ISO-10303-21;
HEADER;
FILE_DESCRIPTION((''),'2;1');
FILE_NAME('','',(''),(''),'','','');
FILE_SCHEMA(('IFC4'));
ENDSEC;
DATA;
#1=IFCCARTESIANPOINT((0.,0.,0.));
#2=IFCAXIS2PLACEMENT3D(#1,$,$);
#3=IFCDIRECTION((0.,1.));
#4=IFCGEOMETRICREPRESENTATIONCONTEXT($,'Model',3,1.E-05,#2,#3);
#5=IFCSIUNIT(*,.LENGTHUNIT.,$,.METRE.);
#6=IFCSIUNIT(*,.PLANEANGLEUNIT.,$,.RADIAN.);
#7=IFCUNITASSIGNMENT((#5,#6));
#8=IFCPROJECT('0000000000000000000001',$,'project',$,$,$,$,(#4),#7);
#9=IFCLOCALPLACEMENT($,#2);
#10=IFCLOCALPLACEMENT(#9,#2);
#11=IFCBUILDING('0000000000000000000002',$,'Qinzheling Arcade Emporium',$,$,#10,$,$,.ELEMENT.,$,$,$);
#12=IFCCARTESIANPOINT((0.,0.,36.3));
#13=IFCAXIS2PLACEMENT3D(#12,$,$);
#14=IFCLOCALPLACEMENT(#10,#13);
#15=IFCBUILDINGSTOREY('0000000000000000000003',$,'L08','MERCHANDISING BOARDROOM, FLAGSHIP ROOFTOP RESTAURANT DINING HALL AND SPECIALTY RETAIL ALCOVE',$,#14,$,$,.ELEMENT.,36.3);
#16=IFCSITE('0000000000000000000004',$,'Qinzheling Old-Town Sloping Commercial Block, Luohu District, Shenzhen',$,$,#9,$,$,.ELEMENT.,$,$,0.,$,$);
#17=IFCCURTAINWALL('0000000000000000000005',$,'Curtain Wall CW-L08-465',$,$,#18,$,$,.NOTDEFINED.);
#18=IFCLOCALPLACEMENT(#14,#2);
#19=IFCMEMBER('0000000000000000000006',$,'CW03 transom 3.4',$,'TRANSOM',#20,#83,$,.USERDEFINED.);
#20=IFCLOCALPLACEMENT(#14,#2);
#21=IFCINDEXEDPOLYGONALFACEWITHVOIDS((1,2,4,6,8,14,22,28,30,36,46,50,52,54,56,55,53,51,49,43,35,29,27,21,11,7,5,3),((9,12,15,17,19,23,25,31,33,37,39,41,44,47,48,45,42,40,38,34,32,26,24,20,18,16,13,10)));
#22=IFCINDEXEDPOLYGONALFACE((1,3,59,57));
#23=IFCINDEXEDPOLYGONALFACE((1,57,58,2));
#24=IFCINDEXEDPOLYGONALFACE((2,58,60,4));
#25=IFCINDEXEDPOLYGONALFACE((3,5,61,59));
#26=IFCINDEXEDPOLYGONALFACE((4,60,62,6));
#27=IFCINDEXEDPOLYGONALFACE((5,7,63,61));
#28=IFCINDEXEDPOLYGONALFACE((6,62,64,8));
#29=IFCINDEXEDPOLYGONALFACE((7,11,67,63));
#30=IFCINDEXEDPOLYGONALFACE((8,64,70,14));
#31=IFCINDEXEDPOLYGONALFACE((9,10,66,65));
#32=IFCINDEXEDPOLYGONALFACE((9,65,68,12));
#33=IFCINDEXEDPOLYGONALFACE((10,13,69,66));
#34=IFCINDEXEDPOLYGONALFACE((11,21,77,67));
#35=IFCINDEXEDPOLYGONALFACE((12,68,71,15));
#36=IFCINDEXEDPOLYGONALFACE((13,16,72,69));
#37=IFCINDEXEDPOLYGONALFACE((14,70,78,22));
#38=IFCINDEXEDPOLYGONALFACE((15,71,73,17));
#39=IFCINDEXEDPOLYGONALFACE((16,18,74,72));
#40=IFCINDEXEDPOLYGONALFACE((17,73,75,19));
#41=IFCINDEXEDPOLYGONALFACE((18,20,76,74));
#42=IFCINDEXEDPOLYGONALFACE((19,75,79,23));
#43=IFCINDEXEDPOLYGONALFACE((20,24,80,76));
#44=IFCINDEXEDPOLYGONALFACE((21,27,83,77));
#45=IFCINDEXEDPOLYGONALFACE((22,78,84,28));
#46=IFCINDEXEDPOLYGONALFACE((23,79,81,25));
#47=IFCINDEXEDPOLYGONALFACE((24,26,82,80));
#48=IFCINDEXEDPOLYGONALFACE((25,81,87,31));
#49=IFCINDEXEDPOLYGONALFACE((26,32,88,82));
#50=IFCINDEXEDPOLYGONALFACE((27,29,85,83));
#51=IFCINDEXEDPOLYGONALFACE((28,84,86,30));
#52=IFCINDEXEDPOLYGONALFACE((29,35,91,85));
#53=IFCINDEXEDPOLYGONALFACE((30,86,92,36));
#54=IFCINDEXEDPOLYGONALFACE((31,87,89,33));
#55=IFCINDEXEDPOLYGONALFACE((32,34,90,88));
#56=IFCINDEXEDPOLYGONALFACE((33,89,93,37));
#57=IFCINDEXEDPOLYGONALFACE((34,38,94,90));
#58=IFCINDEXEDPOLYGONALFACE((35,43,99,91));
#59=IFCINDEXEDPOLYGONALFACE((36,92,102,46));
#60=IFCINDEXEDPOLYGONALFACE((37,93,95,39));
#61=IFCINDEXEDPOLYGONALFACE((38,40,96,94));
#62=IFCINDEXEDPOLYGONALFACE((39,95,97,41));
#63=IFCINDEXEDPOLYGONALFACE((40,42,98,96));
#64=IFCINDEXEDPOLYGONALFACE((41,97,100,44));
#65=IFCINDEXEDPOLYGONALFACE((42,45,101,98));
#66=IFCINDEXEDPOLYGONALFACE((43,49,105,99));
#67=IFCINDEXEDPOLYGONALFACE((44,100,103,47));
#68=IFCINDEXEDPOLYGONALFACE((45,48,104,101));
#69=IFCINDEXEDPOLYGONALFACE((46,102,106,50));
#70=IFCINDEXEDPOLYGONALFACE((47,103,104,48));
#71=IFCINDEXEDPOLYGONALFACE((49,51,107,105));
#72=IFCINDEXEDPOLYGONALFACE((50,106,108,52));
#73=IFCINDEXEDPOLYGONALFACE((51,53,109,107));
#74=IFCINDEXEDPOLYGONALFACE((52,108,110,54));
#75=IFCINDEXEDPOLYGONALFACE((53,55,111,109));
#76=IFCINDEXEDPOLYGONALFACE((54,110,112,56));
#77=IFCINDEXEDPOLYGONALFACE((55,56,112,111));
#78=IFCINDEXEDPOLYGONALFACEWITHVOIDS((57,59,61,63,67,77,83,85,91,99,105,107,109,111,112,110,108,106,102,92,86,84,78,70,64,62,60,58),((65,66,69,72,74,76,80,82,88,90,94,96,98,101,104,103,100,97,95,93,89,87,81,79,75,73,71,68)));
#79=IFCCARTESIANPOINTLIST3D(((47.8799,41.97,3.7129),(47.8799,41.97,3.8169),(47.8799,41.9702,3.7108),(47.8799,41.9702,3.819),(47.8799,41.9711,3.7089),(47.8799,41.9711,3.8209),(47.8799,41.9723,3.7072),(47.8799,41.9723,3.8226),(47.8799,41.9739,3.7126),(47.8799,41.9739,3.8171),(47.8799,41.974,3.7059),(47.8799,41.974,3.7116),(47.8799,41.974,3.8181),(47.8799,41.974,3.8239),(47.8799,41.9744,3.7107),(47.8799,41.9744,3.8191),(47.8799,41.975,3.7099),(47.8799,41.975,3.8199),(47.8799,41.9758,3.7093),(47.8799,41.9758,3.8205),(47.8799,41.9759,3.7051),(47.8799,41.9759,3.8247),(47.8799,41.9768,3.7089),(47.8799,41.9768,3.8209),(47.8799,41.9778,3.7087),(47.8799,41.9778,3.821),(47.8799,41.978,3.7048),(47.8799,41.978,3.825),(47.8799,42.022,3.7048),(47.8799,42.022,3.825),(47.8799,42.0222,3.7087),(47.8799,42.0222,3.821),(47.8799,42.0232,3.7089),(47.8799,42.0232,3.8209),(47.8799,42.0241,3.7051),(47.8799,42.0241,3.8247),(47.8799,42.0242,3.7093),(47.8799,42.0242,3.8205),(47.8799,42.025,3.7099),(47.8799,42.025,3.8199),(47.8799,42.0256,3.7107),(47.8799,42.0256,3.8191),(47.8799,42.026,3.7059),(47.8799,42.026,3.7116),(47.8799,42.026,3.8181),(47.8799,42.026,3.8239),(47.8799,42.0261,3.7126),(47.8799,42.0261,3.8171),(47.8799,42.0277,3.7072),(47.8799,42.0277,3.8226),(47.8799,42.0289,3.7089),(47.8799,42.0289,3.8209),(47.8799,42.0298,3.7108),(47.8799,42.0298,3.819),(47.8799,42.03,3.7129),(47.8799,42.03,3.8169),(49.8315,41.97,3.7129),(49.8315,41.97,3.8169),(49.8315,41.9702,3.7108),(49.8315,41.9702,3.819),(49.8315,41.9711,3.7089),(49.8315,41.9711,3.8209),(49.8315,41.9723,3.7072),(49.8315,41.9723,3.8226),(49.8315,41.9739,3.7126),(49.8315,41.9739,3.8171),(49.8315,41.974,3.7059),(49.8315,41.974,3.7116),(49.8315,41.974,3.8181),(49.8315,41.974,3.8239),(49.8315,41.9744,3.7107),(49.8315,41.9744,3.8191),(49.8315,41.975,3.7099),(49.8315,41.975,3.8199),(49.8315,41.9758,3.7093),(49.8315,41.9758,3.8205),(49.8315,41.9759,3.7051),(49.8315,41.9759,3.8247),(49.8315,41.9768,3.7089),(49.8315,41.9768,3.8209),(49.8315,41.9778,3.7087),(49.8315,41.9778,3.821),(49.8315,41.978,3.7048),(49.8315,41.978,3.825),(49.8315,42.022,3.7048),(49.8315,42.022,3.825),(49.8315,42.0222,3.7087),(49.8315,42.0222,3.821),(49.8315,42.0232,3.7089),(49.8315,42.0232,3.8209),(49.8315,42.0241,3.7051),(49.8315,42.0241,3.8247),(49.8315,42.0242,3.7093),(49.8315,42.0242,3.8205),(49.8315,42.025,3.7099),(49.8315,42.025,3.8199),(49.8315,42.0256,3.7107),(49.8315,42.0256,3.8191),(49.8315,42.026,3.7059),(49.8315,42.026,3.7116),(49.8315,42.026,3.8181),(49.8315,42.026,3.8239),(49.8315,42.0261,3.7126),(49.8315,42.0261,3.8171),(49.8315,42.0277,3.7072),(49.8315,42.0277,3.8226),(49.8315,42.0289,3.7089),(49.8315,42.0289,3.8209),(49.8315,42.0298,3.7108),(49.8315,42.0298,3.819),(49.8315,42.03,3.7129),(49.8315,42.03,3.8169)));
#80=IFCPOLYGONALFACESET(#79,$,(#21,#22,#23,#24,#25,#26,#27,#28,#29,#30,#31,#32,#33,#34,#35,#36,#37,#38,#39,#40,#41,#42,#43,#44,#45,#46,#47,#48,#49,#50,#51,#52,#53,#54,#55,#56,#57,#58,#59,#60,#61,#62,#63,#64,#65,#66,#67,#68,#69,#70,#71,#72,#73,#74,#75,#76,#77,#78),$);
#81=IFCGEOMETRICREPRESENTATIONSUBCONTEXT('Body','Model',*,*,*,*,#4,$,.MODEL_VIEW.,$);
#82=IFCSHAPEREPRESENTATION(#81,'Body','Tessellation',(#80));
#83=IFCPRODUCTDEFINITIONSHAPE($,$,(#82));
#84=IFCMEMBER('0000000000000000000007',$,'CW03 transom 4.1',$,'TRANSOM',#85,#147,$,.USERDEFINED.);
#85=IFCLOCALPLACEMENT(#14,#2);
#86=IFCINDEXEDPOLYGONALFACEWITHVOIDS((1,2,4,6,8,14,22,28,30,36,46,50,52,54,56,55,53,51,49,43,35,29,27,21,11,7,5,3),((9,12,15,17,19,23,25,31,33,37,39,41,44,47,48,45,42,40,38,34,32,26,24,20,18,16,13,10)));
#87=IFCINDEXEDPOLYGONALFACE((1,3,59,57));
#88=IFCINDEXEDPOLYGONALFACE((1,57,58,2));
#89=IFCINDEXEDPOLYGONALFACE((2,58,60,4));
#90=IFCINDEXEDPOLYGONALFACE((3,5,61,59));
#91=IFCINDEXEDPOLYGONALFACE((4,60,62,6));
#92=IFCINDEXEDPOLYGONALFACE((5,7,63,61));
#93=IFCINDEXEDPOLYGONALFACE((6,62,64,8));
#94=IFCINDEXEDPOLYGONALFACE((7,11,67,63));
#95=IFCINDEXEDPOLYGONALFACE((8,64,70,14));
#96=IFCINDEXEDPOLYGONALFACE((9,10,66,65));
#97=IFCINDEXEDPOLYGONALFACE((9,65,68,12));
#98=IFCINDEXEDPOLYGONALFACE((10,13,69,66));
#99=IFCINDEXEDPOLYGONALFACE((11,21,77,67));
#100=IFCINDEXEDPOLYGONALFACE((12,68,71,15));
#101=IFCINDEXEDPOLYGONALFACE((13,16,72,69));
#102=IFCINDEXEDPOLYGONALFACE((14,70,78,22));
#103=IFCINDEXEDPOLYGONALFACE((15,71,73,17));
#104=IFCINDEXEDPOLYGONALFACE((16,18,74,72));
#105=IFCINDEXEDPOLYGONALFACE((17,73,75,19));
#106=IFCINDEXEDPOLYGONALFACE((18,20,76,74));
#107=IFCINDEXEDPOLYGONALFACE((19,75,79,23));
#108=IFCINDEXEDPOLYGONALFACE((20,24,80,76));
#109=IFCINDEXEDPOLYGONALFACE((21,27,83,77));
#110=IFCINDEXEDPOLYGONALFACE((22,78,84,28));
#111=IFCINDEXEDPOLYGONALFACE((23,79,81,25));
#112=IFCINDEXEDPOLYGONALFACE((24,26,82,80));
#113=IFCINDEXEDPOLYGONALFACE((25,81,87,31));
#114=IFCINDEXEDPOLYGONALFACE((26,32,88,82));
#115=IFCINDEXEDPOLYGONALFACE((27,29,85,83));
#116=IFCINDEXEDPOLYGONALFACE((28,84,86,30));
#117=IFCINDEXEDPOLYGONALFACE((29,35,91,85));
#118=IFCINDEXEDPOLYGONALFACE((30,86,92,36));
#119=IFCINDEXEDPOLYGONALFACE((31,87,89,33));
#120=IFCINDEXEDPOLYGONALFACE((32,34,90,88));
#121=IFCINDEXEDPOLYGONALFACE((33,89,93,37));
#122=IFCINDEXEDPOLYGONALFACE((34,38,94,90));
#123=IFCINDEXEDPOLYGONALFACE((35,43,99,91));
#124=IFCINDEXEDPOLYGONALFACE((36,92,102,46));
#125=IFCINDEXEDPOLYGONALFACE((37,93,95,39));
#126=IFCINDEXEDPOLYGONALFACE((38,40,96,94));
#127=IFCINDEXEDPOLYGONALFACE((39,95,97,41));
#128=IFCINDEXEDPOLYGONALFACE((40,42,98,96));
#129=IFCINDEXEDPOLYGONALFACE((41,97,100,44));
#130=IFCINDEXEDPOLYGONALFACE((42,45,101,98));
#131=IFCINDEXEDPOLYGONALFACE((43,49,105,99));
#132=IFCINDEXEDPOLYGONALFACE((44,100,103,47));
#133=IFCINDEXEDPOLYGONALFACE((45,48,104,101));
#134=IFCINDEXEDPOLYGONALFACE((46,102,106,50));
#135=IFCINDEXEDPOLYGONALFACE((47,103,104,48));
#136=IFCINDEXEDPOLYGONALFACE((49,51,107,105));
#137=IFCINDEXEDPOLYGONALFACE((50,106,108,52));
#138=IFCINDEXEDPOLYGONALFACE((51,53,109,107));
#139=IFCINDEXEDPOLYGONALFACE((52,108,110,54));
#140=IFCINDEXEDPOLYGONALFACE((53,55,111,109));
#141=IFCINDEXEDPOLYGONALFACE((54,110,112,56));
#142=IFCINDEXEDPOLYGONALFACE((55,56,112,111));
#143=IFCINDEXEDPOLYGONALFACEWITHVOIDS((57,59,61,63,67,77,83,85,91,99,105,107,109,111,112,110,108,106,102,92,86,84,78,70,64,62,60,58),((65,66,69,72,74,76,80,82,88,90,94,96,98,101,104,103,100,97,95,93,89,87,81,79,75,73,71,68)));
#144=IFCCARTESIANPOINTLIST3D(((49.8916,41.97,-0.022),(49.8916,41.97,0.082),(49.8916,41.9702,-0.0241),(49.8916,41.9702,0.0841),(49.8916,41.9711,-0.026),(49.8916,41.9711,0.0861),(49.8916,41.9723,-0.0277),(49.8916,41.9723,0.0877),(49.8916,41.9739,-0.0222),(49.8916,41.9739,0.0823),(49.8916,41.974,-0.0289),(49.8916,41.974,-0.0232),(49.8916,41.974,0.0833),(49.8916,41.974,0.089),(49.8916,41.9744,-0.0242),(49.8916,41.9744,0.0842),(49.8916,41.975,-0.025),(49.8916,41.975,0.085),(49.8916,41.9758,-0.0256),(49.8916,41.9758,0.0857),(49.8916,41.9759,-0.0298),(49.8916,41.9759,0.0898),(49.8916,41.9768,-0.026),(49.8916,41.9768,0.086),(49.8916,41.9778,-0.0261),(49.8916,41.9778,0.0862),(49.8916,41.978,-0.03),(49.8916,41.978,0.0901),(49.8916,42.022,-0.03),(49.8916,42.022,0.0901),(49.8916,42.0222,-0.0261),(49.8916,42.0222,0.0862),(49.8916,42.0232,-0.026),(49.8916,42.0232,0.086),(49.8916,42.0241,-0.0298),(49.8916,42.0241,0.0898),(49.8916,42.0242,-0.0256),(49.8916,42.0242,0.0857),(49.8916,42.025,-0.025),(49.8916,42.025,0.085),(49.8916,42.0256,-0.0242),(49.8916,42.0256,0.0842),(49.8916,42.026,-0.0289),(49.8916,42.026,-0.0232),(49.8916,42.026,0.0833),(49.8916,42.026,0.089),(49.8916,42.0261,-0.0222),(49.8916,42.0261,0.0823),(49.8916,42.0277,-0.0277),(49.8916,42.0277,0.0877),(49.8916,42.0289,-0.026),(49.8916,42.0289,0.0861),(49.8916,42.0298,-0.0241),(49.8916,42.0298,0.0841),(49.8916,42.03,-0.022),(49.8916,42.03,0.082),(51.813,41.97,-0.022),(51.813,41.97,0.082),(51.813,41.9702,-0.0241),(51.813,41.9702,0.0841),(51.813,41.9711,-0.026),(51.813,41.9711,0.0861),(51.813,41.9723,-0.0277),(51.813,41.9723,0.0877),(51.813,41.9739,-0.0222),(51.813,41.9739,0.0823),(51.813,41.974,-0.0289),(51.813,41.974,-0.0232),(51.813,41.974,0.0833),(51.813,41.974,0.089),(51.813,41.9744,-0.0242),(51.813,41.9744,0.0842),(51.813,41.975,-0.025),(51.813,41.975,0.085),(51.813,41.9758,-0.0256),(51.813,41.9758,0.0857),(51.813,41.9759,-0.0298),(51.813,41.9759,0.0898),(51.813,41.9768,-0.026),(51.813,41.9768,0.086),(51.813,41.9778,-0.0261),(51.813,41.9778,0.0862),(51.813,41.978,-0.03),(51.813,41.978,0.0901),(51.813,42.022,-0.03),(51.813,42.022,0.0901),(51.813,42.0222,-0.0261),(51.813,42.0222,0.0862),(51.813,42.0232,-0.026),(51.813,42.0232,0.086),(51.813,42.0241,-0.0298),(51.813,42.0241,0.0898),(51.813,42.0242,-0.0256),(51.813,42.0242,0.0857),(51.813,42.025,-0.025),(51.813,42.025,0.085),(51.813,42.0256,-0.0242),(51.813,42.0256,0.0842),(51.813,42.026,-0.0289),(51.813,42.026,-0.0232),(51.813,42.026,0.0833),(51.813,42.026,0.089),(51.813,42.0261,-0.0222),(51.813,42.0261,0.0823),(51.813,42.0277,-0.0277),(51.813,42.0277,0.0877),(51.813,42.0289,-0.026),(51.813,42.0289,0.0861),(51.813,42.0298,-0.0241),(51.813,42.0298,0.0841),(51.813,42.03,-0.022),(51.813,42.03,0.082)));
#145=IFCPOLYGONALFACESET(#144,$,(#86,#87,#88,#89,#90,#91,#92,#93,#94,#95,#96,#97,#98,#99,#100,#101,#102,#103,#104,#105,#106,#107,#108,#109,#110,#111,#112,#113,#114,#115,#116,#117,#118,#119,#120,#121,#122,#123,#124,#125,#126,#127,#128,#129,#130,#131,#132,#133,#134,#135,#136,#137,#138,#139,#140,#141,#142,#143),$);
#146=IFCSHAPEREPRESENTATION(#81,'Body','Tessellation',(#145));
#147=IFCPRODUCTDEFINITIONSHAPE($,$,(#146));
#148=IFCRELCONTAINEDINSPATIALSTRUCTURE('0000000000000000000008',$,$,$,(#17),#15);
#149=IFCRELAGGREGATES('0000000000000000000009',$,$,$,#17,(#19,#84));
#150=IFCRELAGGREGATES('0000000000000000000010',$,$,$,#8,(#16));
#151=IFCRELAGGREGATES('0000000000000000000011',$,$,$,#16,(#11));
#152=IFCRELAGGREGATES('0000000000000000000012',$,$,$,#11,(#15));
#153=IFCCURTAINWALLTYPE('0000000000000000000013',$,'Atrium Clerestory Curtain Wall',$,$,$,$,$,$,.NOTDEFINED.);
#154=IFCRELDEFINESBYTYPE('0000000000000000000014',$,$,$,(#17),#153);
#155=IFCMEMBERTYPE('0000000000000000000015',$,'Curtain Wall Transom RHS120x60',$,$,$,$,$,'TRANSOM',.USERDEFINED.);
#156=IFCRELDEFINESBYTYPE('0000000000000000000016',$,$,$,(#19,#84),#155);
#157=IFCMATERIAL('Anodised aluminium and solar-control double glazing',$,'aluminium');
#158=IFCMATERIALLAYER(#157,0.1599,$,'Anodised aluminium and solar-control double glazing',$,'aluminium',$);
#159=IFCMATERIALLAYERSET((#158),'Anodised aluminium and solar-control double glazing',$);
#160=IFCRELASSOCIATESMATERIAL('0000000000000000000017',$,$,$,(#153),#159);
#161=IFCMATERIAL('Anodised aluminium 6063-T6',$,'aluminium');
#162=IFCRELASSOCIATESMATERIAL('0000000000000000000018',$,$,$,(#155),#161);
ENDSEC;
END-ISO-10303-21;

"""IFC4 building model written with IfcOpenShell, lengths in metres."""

from ifc_helpers import new_model, si_unit, direction, frame, origin, origin_2d, place, context, subcontext, project, spatial, hollow_rectangle, extrude, material, layer, layer_set, material_profile, profile_set, type_object, element, aggregate, save


model = new_model("IFC4")

# Units and contexts
model_context = context("Model", 3, precision=1e-05, world=origin(), true_north=direction((0.0, 1.0)))
body_context = subcontext(model_context, "Body", "Model", "MODEL_VIEW")
ifc_project = project(units=[si_unit("LENGTHUNIT", "METRE"), si_unit("PLANEANGLEUNIT", "RADIAN")], contexts=[model_context])

# Site, building, storey
site_placement = place(None, origin())
site = spatial("IfcSite", under=ifc_project, at=site_placement, Name="Qinzheling Old-Town Sloping Commercial Block, Luohu District, Shenzhen", CompositionType="ELEMENT", RefElevation=0.0)
building_placement = place(site_placement, origin())
building = spatial("IfcBuilding", under=site, at=building_placement, Name="Qinzheling Arcade Emporium", CompositionType="ELEMENT")
storey_placement = place(building_placement, frame((0.0, 0.0, 36.3)))
storey = spatial("IfcBuildingStorey", under=building, at=storey_placement, Name="L08", Description="MERCHANDISING BOARDROOM, FLAGSHIP ROOFTOP RESTAURANT DINING HALL AND SPECIALTY RETAIL ALCOVE", CompositionType="ELEMENT", Elevation=36.3)

# Curtain wall, members
ifc_material_1 = material(Name="Anodised aluminium and solar-control double glazing", Category="aluminium")
ifc_layer_1 = layer(ifc_material_1, 0.1599, Name="Anodised aluminium and solar-control double glazing", Category="aluminium")
ifc_layer_set_1 = layer_set([ifc_layer_1], Name="Anodised aluminium and solar-control double glazing")
curtain_wall_type = type_object("IfcCurtainWallType", Name="Atrium Clerestory Curtain Wall", PredefinedType="NOTDEFINED", material=ifc_layer_set_1)
curtain_wall_placement = place(storey_placement, origin())
curtain_wall = element("IfcCurtainWall", 1, at=curtain_wall_placement, inside=storey, type_object=curtain_wall_type, Name="Curtain Wall CW-L08-465", PredefinedType="NOTDEFINED")
ifc_material_2 = material(Name="Anodised aluminium 6063-T6", Category="aluminium")
ifc_material_profile_1 = material_profile(ifc_material_2, hollow_rectangle(XDim=0.0601, YDim=0.1201, WallThickness=0.0039, InnerFilletRadius=0.0039, OuterFilletRadius=0.0081, at=origin_2d()), Name="RHS 120x60x4", Category="aluminium")
ifc_profile_set_1 = profile_set([ifc_material_profile_1], Name="Anodised aluminium 6063-T6")
member_type_1 = type_object("IfcMemberType", Name="Curtain Wall Transom RHS120x60", ElementType="TRANSOM", PredefinedType="USERDEFINED", material=ifc_profile_set_1)
member_1_placement = place(storey_placement, frame((47.8799, 42.0, 3.7649), z_axis=(1.0, 0.0, 0.0), x_axis=(0.0, 1.0, 0.0)))
member_1 = element("IfcMember", 2, at=member_1_placement, type_object=member_type_1, Name="CW03 transom 3.4", ObjectType="TRANSOM", PredefinedType="USERDEFINED", context=body_context, shape_type="SweptSolid", body=[
    extrude(hollow_rectangle(XDim=0.0601, YDim=0.1201, WallThickness=0.0039, InnerFilletRadius=0.0039, OuterFilletRadius=0.0081, at=origin_2d()), origin(), (0.0, 0.0, 1.0), 1.9517),
])
member_2_placement = place(storey_placement, frame((49.8916, 42.0, 0.03), z_axis=(1.0, 0.0, 0.0), x_axis=(0.0, 1.0, 0.0)))
member_2 = element("IfcMember", 3, at=member_2_placement, type_object=member_type_1, Name="CW03 transom 4.1", ObjectType="TRANSOM", PredefinedType="USERDEFINED", context=body_context, shape_type="SweptSolid", body=[
    extrude(hollow_rectangle(XDim=0.0601, YDim=0.1201, WallThickness=0.0039, InnerFilletRadius=0.0039, OuterFilletRadius=0.0081, at=origin_2d()), origin(), (0.0, 0.0, 1.0), 1.9214),
])
aggregate(curtain_wall, [member_1, member_2])

save(model, "model.ifc")
